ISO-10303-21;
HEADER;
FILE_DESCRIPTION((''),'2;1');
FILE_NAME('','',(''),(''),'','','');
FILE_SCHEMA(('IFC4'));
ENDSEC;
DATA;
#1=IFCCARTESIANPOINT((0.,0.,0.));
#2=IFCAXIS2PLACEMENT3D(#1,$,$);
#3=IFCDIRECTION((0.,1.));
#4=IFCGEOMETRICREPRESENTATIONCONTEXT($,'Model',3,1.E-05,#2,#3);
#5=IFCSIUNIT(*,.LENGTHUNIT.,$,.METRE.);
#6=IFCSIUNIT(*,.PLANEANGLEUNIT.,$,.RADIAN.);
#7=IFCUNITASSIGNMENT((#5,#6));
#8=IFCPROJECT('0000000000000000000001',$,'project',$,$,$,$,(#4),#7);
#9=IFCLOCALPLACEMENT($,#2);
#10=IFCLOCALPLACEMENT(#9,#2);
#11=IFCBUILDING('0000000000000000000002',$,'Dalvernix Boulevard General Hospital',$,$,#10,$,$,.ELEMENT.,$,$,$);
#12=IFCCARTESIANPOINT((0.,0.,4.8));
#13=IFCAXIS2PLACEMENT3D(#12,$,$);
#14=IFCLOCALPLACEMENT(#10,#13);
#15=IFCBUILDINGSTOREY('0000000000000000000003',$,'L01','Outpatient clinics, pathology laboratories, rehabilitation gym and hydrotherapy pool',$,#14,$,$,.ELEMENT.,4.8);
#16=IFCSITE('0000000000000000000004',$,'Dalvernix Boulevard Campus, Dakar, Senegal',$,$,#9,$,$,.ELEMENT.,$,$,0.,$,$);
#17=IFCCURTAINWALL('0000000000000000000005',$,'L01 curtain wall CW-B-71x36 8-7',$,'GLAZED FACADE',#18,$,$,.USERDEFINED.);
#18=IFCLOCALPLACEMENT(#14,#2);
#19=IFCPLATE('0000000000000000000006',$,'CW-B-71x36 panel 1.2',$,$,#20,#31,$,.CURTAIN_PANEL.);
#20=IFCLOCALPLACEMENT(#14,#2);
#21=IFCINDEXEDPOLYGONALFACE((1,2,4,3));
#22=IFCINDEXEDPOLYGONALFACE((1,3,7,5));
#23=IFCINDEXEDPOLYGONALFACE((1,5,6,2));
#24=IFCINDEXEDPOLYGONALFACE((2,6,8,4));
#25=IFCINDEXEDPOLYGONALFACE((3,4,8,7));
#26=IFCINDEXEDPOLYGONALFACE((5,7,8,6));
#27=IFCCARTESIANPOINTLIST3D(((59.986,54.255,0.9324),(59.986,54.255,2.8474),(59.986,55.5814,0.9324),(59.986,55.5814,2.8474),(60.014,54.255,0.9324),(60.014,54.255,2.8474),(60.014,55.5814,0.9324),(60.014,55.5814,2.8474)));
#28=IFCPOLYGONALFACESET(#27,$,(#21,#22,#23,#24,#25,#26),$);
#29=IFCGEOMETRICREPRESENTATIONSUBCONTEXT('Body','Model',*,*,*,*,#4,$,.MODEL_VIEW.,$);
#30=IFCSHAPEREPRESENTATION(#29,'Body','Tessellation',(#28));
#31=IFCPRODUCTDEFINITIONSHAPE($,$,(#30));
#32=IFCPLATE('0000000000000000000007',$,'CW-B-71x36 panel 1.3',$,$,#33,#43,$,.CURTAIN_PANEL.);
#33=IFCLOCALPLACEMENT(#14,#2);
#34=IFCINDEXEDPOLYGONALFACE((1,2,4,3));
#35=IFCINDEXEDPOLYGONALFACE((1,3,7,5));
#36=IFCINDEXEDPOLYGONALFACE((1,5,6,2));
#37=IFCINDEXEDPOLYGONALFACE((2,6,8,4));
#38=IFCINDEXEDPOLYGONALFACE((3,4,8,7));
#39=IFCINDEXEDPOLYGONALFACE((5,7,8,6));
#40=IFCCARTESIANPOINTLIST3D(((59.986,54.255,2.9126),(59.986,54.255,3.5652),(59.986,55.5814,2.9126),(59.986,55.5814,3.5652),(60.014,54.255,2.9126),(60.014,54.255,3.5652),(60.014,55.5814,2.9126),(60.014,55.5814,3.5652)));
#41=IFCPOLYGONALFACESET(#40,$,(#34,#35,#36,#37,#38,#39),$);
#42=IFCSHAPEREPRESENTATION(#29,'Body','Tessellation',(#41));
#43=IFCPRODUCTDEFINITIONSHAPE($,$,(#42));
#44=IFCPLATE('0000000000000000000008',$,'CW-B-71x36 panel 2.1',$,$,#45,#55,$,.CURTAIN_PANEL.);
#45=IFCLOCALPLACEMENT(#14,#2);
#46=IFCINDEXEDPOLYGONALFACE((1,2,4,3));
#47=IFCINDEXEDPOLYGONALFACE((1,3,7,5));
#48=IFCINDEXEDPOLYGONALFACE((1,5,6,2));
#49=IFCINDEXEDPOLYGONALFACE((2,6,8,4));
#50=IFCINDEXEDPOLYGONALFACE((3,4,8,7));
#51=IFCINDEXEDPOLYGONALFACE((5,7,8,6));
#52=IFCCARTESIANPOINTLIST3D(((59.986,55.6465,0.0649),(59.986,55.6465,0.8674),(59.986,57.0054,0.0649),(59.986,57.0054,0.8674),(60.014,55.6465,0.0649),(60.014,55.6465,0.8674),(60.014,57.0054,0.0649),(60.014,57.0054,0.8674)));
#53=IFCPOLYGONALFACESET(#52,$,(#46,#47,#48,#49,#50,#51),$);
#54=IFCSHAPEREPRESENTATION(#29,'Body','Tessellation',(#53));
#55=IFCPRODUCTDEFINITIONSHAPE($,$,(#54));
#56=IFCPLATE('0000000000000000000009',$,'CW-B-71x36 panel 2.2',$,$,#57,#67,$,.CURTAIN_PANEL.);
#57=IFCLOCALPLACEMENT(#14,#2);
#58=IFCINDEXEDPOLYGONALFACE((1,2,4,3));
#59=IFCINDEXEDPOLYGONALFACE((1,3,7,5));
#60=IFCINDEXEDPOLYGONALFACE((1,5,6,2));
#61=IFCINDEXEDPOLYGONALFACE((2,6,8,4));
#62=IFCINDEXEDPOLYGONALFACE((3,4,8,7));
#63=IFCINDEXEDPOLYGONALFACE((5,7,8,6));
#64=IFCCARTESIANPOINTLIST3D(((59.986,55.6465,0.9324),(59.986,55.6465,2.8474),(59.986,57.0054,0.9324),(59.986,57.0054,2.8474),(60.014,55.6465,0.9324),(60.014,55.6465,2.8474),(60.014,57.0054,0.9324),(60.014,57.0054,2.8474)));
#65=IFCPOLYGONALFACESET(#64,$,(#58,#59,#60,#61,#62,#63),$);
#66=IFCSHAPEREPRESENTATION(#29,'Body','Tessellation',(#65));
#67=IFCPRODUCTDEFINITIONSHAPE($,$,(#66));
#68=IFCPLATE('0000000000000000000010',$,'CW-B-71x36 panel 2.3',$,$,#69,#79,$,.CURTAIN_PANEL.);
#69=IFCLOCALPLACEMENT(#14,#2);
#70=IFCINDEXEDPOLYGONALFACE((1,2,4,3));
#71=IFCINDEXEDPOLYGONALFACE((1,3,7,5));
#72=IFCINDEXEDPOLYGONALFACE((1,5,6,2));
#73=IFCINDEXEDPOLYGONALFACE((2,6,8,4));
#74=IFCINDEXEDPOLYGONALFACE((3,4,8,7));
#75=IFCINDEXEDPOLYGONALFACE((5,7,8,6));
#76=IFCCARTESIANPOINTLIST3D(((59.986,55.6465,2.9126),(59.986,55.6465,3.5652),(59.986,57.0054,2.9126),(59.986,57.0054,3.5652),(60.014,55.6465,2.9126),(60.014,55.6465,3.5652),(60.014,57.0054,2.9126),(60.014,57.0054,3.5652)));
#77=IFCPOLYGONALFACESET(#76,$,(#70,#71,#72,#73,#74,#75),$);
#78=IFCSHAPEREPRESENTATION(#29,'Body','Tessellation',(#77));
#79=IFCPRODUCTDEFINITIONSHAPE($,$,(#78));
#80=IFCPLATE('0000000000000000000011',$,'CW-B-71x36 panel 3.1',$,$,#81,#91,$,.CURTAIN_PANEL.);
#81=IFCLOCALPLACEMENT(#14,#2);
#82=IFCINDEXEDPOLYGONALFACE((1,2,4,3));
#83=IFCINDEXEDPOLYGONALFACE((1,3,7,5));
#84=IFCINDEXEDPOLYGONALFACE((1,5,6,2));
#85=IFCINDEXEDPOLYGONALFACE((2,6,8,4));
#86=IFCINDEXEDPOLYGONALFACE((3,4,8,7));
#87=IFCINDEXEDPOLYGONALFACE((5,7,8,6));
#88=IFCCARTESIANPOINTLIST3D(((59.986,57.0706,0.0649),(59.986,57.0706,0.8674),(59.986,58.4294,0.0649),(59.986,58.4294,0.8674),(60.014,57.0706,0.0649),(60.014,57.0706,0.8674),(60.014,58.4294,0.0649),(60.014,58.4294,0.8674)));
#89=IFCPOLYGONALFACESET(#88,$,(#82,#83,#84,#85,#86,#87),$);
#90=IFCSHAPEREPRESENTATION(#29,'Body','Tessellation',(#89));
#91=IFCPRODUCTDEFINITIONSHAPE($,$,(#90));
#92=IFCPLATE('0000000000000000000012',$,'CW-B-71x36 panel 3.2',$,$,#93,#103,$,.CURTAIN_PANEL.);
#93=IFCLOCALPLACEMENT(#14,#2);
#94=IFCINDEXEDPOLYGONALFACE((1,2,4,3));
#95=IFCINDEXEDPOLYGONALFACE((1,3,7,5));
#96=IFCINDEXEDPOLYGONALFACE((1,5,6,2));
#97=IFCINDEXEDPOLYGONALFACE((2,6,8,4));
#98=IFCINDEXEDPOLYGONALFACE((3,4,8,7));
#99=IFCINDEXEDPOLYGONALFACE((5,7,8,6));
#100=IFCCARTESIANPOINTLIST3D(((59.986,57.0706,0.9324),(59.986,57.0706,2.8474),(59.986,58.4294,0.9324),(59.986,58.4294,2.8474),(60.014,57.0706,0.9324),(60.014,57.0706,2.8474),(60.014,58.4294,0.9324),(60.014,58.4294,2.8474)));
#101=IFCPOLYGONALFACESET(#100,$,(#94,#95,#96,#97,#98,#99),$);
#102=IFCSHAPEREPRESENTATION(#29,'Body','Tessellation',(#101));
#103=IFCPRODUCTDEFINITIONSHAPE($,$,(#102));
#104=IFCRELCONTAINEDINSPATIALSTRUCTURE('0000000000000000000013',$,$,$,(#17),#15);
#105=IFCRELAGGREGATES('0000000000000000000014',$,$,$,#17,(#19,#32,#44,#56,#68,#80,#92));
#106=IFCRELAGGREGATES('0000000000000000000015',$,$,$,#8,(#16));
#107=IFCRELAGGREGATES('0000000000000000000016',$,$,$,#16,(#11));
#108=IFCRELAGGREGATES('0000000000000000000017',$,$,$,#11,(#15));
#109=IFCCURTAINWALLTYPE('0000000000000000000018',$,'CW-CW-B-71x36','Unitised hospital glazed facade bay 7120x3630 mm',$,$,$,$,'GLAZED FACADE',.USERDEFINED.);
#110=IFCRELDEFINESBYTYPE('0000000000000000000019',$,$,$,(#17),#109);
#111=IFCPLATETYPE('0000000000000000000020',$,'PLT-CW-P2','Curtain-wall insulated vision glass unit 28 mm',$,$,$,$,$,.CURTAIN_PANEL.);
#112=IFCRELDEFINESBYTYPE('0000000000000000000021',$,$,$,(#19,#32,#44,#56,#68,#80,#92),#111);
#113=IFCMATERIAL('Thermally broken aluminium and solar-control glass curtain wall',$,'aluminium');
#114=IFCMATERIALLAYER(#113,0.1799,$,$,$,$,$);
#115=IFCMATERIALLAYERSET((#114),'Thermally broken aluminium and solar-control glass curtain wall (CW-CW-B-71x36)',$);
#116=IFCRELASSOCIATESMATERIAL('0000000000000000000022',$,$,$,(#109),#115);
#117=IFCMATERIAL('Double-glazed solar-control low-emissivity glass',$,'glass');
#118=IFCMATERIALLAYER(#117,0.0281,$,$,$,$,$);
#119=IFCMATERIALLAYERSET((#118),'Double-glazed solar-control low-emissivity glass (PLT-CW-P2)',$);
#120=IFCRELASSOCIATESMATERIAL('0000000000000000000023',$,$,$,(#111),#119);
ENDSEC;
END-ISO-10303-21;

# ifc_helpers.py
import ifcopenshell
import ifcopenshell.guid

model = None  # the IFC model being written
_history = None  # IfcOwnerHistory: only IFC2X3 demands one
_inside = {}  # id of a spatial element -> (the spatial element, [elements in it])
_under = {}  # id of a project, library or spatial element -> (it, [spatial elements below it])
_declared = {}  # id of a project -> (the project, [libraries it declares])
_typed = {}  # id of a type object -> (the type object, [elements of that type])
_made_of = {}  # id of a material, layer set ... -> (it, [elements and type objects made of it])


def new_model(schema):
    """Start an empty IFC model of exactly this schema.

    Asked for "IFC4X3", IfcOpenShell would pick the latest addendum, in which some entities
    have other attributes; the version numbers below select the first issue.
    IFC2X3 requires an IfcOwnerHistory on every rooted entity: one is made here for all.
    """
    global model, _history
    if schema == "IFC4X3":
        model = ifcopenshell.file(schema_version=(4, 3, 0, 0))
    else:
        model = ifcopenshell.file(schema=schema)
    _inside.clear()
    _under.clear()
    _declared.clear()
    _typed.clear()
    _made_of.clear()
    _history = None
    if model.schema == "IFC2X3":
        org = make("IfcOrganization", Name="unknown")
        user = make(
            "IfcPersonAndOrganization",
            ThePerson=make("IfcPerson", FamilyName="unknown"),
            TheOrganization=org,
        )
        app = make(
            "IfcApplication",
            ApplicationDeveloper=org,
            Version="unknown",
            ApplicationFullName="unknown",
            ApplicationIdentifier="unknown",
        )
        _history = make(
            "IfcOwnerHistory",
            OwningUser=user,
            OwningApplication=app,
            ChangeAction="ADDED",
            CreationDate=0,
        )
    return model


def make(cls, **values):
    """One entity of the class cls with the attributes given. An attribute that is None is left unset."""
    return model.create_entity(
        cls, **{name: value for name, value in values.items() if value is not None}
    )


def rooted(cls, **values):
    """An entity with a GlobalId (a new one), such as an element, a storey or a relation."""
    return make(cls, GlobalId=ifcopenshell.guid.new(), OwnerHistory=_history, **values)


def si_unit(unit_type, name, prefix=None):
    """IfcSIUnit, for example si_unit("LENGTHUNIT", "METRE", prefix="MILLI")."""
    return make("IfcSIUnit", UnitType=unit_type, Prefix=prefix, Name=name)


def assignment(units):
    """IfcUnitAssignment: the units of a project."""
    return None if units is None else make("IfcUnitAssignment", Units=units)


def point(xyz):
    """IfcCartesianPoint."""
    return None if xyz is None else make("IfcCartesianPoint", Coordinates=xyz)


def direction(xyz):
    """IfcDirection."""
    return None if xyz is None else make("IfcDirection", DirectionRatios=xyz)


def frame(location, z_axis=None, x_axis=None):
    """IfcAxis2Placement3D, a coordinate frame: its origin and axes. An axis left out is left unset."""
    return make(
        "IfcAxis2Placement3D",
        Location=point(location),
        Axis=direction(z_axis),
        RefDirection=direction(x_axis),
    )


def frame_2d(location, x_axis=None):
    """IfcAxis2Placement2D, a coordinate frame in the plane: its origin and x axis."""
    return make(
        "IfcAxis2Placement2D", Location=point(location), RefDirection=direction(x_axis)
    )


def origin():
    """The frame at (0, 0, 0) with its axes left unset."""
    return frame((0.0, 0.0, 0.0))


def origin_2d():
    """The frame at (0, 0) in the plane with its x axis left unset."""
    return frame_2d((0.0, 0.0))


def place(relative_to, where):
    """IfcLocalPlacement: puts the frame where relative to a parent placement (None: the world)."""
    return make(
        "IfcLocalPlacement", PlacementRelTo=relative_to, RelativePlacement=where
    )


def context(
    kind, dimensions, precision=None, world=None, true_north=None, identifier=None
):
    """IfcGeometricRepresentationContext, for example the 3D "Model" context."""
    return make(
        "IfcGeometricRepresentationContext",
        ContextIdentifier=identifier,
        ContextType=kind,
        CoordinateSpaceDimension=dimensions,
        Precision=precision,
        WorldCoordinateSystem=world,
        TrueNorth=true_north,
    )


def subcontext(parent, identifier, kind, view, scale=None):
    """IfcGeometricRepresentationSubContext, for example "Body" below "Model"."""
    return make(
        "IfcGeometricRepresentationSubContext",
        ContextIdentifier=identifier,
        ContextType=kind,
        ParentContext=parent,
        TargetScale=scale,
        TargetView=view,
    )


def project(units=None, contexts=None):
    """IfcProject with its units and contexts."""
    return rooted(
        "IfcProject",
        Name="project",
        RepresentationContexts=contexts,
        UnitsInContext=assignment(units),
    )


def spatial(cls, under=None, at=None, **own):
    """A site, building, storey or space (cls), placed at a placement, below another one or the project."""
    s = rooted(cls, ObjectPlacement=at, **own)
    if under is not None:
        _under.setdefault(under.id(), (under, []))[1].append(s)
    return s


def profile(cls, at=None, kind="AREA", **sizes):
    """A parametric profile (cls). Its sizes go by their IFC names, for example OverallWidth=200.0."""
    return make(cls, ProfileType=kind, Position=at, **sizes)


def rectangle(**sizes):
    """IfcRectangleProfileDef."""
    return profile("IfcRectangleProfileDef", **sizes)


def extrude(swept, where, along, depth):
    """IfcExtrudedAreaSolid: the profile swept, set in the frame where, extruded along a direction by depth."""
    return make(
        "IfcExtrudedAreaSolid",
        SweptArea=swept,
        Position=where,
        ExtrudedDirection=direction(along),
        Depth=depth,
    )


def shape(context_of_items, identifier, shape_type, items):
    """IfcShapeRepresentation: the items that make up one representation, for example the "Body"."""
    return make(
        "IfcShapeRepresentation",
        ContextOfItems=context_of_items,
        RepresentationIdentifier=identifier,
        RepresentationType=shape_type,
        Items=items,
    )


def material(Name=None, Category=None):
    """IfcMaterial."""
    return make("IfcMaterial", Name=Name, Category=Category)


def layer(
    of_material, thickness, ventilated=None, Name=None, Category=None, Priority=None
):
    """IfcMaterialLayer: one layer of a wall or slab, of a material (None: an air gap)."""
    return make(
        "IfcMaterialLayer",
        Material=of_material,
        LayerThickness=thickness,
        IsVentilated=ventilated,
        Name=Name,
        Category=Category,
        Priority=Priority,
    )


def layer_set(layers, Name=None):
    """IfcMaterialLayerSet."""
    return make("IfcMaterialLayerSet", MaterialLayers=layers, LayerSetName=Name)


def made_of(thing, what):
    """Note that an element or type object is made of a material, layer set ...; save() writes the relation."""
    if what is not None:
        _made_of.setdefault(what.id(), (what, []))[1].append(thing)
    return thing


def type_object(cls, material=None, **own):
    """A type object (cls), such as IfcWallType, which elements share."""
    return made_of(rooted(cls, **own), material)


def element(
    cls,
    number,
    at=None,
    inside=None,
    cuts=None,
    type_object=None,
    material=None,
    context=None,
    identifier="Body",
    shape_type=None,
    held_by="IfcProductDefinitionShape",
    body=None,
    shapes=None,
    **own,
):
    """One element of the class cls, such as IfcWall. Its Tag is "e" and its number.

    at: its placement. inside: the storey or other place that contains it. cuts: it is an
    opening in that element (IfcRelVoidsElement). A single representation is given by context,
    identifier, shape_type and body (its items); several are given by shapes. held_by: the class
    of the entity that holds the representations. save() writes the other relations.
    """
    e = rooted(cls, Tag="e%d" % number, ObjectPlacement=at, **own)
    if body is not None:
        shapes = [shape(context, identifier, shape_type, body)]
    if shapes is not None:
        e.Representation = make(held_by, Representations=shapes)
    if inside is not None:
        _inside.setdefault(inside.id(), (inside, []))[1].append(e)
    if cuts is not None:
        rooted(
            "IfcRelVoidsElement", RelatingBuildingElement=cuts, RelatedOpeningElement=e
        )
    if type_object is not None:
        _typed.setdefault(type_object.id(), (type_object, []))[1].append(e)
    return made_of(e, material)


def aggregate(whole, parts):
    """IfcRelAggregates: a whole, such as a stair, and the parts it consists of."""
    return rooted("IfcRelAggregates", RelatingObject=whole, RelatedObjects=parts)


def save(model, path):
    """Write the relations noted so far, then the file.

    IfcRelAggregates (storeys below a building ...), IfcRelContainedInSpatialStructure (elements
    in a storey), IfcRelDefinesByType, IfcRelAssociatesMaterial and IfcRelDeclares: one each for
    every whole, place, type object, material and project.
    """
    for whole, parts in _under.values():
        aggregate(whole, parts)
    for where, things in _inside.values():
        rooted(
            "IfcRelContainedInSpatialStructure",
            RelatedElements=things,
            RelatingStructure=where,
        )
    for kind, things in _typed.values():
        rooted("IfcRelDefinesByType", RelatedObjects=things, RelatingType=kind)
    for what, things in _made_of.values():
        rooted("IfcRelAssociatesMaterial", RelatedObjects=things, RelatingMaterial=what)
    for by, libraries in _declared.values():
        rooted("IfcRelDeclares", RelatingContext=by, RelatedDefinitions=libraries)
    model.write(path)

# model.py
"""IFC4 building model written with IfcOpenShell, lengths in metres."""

from ifc_helpers import new_model, si_unit, direction, frame, origin, origin_2d, place, context, subcontext, project, spatial, rectangle, extrude, material, layer, layer_set, type_object, element, aggregate, save


model = new_model("IFC4")

# Units and contexts
model_context = context("Model", 3, precision=1e-05, world=origin(), true_north=direction((0.0, 1.0)))
body_context = subcontext(model_context, "Body", "Model", "MODEL_VIEW")
ifc_project = project(units=[si_unit("LENGTHUNIT", "METRE"), si_unit("PLANEANGLEUNIT", "RADIAN")], contexts=[model_context])

# Site, building, storey
site_placement = place(None, origin())
site = spatial("IfcSite", under=ifc_project, at=site_placement, Name="Dalvernix Boulevard Campus, Dakar, Senegal", CompositionType="ELEMENT", RefElevation=0.0)
building_placement = place(site_placement, origin())
building = spatial("IfcBuilding", under=site, at=building_placement, Name="Dalvernix Boulevard General Hospital", CompositionType="ELEMENT")
storey_placement = place(building_placement, frame((0.0, 0.0, 4.8)))
storey = spatial("IfcBuildingStorey", under=building, at=storey_placement, Name="L01", Description="Outpatient clinics, pathology laboratories, rehabilitation gym and hydrotherapy pool", CompositionType="ELEMENT", Elevation=4.8)

# Curtain wall, plates
ifc_material_1 = material(Name="Thermally broken aluminium and solar-control glass curtain wall", Category="aluminium")
ifc_layer_1 = layer(ifc_material_1, 0.1799)
ifc_layer_set_1 = layer_set([ifc_layer_1], Name="Thermally broken aluminium and solar-control glass curtain wall (CW-CW-B-71x36)")
curtain_wall_type = type_object("IfcCurtainWallType", Name="CW-CW-B-71x36", Description="Unitised hospital glazed facade bay 7120x3630 mm", ElementType="GLAZED FACADE", PredefinedType="USERDEFINED", material=ifc_layer_set_1)
curtain_wall_placement = place(storey_placement, origin())
curtain_wall = element("IfcCurtainWall", 1, at=curtain_wall_placement, inside=storey, type_object=curtain_wall_type, Name="L01 curtain wall CW-B-71x36 8-7", ObjectType="GLAZED FACADE", PredefinedType="USERDEFINED")
ifc_material_2 = material(Name="Double-glazed solar-control low-emissivity glass", Category="glass")
ifc_layer_2 = layer(ifc_material_2, 0.0281)
ifc_layer_set_2 = layer_set([ifc_layer_2], Name="Double-glazed solar-control low-emissivity glass (PLT-CW-P2)")
plate_type = type_object("IfcPlateType", Name="PLT-CW-P2", Description="Curtain-wall insulated vision glass unit 28 mm", PredefinedType="CURTAIN_PANEL", material=ifc_layer_set_2)
plate_1_placement = place(storey_placement, frame((60.0, 54.9182, 0.9324), z_axis=(0.0, 0.0, 1.0), x_axis=(0.0, 1.0, 0.0)))
plate_1 = element("IfcPlate", 2, at=plate_1_placement, type_object=plate_type, Name="CW-B-71x36 panel 1.2", PredefinedType="CURTAIN_PANEL", context=body_context, shape_type="SweptSolid", body=[
    extrude(rectangle(XDim=1.3264, YDim=0.0281, at=origin_2d()), origin(), (0.0, 0.0, 1.0), 1.915),
])
plate_2_placement = place(storey_placement, frame((60.0, 54.9182, 2.9126), z_axis=(0.0, 0.0, 1.0), x_axis=(0.0, 1.0, 0.0)))
plate_2 = element("IfcPlate", 3, at=plate_2_placement, type_object=plate_type, Name="CW-B-71x36 panel 1.3", PredefinedType="CURTAIN_PANEL", context=body_context, shape_type="SweptSolid", body=[
    extrude(rectangle(XDim=1.3264, YDim=0.0281, at=origin_2d()), origin(), (0.0, 0.0, 1.0), 0.6526),
])
plate_3_placement = place(storey_placement, frame((60.0, 56.3259, 0.0649), z_axis=(0.0, 0.0, 1.0), x_axis=(0.0, 1.0, 0.0)))
plate_3 = element("IfcPlate", 4, at=plate_3_placement, type_object=plate_type, Name="CW-B-71x36 panel 2.1", PredefinedType="CURTAIN_PANEL", context=body_context, shape_type="SweptSolid", body=[
    extrude(rectangle(XDim=1.3589, YDim=0.0281, at=origin_2d()), origin(), (0.0, 0.0, 1.0), 0.8025),
])
plate_4_placement = place(storey_placement, frame((60.0, 56.3259, 0.9324), z_axis=(0.0, 0.0, 1.0), x_axis=(0.0, 1.0, 0.0)))
plate_4 = element("IfcPlate", 5, at=plate_4_placement, type_object=plate_type, Name="CW-B-71x36 panel 2.2", PredefinedType="CURTAIN_PANEL", context=body_context, shape_type="SweptSolid", body=[
    extrude(rectangle(XDim=1.3589, YDim=0.0281, at=origin_2d()), origin(), (0.0, 0.0, 1.0), 1.915),
])
plate_5_placement = place(storey_placement, frame((60.0, 56.3259, 2.9126), z_axis=(0.0, 0.0, 1.0), x_axis=(0.0, 1.0, 0.0)))
plate_5 = element("IfcPlate", 6, at=plate_5_placement, type_object=plate_type, Name="CW-B-71x36 panel 2.3", PredefinedType="CURTAIN_PANEL", context=body_context, shape_type="SweptSolid", body=[
    extrude(rectangle(XDim=1.3589, YDim=0.0281, at=origin_2d()), origin(), (0.0, 0.0, 1.0), 0.6526),
])
plate_6_placement = place(storey_placement, frame((60.0, 57.75, 0.0649), z_axis=(0.0, 0.0, 1.0), x_axis=(0.0, 1.0, 0.0)))
plate_6 = element("IfcPlate", 7, at=plate_6_placement, type_object=plate_type, Name="CW-B-71x36 panel 3.1", PredefinedType="CURTAIN_PANEL", context=body_context, shape_type="SweptSolid", body=[
    extrude(rectangle(XDim=1.3589, YDim=0.0281, at=origin_2d()), origin(), (0.0, 0.0, 1.0), 0.8025),
])
plate_7_placement = place(storey_placement, frame((60.0, 57.75, 0.9324), z_axis=(0.0, 0.0, 1.0), x_axis=(0.0, 1.0, 0.0)))
plate_7 = element("IfcPlate", 8, at=plate_7_placement, type_object=plate_type, Name="CW-B-71x36 panel 3.2", PredefinedType="CURTAIN_PANEL", context=body_context, shape_type="SweptSolid", body=[
    extrude(rectangle(XDim=1.3589, YDim=0.0281, at=origin_2d()), origin(), (0.0, 0.0, 1.0), 1.915),
])
aggregate(curtain_wall, [plate_1, plate_2, plate_3, plate_4, plate_5, plate_6, plate_7])

save(model, "model.ifc")
